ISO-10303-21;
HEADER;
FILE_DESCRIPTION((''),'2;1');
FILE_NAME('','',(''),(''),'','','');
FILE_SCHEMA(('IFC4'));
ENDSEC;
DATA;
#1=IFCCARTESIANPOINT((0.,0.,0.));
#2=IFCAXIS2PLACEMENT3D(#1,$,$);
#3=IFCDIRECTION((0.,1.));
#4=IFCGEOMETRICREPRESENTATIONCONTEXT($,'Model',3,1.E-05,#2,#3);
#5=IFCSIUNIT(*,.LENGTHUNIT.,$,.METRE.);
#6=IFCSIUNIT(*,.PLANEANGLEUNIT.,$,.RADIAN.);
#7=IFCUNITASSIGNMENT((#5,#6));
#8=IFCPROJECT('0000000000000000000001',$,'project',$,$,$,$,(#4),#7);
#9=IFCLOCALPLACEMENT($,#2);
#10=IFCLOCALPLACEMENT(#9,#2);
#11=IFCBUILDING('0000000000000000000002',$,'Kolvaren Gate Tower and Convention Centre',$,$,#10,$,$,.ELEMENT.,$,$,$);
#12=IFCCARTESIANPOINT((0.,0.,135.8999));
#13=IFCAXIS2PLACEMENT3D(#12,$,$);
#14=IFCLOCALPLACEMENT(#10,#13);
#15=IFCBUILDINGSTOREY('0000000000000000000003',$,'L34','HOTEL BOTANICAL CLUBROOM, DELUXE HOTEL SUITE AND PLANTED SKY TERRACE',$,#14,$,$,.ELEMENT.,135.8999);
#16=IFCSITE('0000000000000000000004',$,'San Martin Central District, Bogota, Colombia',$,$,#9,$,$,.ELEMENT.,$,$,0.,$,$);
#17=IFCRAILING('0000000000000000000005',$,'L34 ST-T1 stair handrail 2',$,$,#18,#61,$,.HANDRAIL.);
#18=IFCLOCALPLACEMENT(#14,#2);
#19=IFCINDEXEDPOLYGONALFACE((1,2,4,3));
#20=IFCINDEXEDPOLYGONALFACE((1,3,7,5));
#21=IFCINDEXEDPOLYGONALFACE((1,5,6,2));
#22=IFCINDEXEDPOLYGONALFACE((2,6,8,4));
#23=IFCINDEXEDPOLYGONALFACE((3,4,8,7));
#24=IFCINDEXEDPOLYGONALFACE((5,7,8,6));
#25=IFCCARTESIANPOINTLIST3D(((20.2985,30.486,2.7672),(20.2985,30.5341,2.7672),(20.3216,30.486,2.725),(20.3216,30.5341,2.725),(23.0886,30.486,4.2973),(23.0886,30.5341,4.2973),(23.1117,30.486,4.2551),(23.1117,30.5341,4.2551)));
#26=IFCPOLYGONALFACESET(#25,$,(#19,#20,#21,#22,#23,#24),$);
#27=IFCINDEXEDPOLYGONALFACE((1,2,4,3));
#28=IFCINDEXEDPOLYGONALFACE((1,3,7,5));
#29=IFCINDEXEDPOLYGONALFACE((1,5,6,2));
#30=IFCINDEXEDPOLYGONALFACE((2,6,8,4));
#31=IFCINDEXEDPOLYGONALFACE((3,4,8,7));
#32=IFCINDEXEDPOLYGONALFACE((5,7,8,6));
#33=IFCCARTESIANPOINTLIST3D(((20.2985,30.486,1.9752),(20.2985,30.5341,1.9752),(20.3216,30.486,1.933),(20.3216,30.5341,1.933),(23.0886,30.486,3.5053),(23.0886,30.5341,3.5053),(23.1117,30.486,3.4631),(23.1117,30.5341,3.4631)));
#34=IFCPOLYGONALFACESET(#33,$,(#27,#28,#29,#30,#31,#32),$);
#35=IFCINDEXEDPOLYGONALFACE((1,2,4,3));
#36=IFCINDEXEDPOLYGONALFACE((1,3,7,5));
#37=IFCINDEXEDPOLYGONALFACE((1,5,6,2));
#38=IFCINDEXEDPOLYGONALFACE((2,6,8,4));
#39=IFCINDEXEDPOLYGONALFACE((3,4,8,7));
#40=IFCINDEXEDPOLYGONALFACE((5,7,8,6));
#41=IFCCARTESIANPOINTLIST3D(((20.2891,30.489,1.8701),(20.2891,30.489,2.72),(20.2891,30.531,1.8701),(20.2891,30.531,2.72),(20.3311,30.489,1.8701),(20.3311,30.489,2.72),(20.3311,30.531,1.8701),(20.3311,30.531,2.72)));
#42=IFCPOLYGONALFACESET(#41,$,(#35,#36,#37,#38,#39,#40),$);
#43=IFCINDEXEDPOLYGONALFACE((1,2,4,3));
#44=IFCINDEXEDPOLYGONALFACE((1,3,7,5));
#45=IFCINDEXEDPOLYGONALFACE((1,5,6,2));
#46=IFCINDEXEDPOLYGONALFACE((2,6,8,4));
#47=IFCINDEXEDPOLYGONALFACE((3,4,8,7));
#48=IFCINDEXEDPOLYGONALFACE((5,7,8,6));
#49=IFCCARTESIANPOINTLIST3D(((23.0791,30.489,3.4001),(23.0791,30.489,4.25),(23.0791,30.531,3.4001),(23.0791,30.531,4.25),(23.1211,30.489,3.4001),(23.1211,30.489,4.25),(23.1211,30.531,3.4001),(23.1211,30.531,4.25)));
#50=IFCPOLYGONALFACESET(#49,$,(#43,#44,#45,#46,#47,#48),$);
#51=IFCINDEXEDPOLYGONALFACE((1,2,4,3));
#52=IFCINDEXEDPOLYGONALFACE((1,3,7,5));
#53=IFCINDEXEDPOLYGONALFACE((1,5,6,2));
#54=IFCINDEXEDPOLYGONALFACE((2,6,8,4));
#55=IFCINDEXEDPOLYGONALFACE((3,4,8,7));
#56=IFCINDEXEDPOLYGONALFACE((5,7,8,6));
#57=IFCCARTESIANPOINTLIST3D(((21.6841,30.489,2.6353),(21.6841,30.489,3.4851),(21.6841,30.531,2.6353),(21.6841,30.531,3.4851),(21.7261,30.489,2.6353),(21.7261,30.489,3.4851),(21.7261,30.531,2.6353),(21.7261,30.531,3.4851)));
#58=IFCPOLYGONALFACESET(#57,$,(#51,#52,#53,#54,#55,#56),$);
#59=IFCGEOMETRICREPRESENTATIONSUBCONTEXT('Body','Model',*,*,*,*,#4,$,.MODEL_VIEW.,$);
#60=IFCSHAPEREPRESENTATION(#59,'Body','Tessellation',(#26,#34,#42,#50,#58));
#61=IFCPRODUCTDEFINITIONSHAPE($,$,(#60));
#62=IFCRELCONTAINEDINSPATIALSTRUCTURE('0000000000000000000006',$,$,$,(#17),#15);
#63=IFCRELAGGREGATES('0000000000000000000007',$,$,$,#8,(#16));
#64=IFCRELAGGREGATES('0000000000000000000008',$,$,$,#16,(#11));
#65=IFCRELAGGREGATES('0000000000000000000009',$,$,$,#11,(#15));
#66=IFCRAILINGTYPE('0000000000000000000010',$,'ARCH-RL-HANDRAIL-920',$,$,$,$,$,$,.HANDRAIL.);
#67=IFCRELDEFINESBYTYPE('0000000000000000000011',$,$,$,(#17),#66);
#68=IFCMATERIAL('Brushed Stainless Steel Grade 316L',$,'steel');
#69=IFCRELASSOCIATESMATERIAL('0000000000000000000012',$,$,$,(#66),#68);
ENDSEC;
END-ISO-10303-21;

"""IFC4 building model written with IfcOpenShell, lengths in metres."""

from ifc_helpers import new_model, si_unit, direction, frame, origin, origin_2d, place, context, subcontext, project, spatial, rectangle, extrude, material, type_object, element, save


model = new_model("IFC4")

# Units and contexts
model_context = context("Model", 3, precision=1e-05, world=origin(), true_north=direction((0.0, 1.0)))
body_context = subcontext(model_context, "Body", "Model", "MODEL_VIEW")
ifc_project = project(units=[si_unit("LENGTHUNIT", "METRE"), si_unit("PLANEANGLEUNIT", "RADIAN")], contexts=[model_context])

# Site, building, storey
site_placement = place(None, origin())
site = spatial("IfcSite", under=ifc_project, at=site_placement, Name="San Martin Central District, Bogota, Colombia", CompositionType="ELEMENT", RefElevation=0.0)
building_placement = place(site_placement, origin())
building = spatial("IfcBuilding", under=site, at=building_placement, Name="Kolvaren Gate Tower and Convention Centre", CompositionType="ELEMENT")
storey_placement = place(building_placement, frame((0.0, 0.0, 135.8999)))
storey = spatial("IfcBuildingStorey", under=building, at=storey_placement, Name="L34", Description="HOTEL BOTANICAL CLUBROOM, DELUXE HOTEL SUITE AND PLANTED SKY TERRACE", CompositionType="ELEMENT", Elevation=135.8999)

# Railing
ifc_material_1 = material(Name="Brushed Stainless Steel Grade 316L", Category="steel")
railing_type_1 = type_object("IfcRailingType", Name="ARCH-RL-HANDRAIL-920", PredefinedType="HANDRAIL", material=ifc_material_1)
railing_1_placement = place(storey_placement, frame((20.3101, 30.51, 1.8701)))
element("IfcRailing", 1, at=railing_1_placement, inside=storey, type_object=railing_type_1, Name="L34 ST-T1 stair handrail 2", PredefinedType="HANDRAIL", context=body_context, shape_type="SweptSolid", body=[
    extrude(rectangle(XDim=0.0481, YDim=0.0481, at=origin_2d()), frame((0.0, 0.0, 0.876), z_axis=(0.876811, 0.0, 0.480835), x_axis=(0.0, 1.0, 0.0)), (0.0, 0.0, 1.0), 3.1821),
    extrude(rectangle(XDim=0.0481, YDim=0.0481, at=origin_2d()), frame((0.0, 0.0, 0.084), z_axis=(0.876811, 0.0, 0.480835), x_axis=(0.0, 1.0, 0.0)), (0.0, 0.0, 1.0), 3.1821),
    extrude(rectangle(XDim=0.042, YDim=0.042, at=origin_2d()), origin(), (0.0, 0.0, 1.0), 0.8499),
    extrude(rectangle(XDim=0.042, YDim=0.042, at=origin_2d()), frame((2.79, 0.0, 1.53)), (0.0, 0.0, 1.0), 0.8499),
    extrude(rectangle(XDim=0.042, YDim=0.042, at=origin_2d()), frame((1.395, 0.0, 0.7651)), (0.0, 0.0, 1.0), 0.8499),
])

save(model, "model.ifc")
